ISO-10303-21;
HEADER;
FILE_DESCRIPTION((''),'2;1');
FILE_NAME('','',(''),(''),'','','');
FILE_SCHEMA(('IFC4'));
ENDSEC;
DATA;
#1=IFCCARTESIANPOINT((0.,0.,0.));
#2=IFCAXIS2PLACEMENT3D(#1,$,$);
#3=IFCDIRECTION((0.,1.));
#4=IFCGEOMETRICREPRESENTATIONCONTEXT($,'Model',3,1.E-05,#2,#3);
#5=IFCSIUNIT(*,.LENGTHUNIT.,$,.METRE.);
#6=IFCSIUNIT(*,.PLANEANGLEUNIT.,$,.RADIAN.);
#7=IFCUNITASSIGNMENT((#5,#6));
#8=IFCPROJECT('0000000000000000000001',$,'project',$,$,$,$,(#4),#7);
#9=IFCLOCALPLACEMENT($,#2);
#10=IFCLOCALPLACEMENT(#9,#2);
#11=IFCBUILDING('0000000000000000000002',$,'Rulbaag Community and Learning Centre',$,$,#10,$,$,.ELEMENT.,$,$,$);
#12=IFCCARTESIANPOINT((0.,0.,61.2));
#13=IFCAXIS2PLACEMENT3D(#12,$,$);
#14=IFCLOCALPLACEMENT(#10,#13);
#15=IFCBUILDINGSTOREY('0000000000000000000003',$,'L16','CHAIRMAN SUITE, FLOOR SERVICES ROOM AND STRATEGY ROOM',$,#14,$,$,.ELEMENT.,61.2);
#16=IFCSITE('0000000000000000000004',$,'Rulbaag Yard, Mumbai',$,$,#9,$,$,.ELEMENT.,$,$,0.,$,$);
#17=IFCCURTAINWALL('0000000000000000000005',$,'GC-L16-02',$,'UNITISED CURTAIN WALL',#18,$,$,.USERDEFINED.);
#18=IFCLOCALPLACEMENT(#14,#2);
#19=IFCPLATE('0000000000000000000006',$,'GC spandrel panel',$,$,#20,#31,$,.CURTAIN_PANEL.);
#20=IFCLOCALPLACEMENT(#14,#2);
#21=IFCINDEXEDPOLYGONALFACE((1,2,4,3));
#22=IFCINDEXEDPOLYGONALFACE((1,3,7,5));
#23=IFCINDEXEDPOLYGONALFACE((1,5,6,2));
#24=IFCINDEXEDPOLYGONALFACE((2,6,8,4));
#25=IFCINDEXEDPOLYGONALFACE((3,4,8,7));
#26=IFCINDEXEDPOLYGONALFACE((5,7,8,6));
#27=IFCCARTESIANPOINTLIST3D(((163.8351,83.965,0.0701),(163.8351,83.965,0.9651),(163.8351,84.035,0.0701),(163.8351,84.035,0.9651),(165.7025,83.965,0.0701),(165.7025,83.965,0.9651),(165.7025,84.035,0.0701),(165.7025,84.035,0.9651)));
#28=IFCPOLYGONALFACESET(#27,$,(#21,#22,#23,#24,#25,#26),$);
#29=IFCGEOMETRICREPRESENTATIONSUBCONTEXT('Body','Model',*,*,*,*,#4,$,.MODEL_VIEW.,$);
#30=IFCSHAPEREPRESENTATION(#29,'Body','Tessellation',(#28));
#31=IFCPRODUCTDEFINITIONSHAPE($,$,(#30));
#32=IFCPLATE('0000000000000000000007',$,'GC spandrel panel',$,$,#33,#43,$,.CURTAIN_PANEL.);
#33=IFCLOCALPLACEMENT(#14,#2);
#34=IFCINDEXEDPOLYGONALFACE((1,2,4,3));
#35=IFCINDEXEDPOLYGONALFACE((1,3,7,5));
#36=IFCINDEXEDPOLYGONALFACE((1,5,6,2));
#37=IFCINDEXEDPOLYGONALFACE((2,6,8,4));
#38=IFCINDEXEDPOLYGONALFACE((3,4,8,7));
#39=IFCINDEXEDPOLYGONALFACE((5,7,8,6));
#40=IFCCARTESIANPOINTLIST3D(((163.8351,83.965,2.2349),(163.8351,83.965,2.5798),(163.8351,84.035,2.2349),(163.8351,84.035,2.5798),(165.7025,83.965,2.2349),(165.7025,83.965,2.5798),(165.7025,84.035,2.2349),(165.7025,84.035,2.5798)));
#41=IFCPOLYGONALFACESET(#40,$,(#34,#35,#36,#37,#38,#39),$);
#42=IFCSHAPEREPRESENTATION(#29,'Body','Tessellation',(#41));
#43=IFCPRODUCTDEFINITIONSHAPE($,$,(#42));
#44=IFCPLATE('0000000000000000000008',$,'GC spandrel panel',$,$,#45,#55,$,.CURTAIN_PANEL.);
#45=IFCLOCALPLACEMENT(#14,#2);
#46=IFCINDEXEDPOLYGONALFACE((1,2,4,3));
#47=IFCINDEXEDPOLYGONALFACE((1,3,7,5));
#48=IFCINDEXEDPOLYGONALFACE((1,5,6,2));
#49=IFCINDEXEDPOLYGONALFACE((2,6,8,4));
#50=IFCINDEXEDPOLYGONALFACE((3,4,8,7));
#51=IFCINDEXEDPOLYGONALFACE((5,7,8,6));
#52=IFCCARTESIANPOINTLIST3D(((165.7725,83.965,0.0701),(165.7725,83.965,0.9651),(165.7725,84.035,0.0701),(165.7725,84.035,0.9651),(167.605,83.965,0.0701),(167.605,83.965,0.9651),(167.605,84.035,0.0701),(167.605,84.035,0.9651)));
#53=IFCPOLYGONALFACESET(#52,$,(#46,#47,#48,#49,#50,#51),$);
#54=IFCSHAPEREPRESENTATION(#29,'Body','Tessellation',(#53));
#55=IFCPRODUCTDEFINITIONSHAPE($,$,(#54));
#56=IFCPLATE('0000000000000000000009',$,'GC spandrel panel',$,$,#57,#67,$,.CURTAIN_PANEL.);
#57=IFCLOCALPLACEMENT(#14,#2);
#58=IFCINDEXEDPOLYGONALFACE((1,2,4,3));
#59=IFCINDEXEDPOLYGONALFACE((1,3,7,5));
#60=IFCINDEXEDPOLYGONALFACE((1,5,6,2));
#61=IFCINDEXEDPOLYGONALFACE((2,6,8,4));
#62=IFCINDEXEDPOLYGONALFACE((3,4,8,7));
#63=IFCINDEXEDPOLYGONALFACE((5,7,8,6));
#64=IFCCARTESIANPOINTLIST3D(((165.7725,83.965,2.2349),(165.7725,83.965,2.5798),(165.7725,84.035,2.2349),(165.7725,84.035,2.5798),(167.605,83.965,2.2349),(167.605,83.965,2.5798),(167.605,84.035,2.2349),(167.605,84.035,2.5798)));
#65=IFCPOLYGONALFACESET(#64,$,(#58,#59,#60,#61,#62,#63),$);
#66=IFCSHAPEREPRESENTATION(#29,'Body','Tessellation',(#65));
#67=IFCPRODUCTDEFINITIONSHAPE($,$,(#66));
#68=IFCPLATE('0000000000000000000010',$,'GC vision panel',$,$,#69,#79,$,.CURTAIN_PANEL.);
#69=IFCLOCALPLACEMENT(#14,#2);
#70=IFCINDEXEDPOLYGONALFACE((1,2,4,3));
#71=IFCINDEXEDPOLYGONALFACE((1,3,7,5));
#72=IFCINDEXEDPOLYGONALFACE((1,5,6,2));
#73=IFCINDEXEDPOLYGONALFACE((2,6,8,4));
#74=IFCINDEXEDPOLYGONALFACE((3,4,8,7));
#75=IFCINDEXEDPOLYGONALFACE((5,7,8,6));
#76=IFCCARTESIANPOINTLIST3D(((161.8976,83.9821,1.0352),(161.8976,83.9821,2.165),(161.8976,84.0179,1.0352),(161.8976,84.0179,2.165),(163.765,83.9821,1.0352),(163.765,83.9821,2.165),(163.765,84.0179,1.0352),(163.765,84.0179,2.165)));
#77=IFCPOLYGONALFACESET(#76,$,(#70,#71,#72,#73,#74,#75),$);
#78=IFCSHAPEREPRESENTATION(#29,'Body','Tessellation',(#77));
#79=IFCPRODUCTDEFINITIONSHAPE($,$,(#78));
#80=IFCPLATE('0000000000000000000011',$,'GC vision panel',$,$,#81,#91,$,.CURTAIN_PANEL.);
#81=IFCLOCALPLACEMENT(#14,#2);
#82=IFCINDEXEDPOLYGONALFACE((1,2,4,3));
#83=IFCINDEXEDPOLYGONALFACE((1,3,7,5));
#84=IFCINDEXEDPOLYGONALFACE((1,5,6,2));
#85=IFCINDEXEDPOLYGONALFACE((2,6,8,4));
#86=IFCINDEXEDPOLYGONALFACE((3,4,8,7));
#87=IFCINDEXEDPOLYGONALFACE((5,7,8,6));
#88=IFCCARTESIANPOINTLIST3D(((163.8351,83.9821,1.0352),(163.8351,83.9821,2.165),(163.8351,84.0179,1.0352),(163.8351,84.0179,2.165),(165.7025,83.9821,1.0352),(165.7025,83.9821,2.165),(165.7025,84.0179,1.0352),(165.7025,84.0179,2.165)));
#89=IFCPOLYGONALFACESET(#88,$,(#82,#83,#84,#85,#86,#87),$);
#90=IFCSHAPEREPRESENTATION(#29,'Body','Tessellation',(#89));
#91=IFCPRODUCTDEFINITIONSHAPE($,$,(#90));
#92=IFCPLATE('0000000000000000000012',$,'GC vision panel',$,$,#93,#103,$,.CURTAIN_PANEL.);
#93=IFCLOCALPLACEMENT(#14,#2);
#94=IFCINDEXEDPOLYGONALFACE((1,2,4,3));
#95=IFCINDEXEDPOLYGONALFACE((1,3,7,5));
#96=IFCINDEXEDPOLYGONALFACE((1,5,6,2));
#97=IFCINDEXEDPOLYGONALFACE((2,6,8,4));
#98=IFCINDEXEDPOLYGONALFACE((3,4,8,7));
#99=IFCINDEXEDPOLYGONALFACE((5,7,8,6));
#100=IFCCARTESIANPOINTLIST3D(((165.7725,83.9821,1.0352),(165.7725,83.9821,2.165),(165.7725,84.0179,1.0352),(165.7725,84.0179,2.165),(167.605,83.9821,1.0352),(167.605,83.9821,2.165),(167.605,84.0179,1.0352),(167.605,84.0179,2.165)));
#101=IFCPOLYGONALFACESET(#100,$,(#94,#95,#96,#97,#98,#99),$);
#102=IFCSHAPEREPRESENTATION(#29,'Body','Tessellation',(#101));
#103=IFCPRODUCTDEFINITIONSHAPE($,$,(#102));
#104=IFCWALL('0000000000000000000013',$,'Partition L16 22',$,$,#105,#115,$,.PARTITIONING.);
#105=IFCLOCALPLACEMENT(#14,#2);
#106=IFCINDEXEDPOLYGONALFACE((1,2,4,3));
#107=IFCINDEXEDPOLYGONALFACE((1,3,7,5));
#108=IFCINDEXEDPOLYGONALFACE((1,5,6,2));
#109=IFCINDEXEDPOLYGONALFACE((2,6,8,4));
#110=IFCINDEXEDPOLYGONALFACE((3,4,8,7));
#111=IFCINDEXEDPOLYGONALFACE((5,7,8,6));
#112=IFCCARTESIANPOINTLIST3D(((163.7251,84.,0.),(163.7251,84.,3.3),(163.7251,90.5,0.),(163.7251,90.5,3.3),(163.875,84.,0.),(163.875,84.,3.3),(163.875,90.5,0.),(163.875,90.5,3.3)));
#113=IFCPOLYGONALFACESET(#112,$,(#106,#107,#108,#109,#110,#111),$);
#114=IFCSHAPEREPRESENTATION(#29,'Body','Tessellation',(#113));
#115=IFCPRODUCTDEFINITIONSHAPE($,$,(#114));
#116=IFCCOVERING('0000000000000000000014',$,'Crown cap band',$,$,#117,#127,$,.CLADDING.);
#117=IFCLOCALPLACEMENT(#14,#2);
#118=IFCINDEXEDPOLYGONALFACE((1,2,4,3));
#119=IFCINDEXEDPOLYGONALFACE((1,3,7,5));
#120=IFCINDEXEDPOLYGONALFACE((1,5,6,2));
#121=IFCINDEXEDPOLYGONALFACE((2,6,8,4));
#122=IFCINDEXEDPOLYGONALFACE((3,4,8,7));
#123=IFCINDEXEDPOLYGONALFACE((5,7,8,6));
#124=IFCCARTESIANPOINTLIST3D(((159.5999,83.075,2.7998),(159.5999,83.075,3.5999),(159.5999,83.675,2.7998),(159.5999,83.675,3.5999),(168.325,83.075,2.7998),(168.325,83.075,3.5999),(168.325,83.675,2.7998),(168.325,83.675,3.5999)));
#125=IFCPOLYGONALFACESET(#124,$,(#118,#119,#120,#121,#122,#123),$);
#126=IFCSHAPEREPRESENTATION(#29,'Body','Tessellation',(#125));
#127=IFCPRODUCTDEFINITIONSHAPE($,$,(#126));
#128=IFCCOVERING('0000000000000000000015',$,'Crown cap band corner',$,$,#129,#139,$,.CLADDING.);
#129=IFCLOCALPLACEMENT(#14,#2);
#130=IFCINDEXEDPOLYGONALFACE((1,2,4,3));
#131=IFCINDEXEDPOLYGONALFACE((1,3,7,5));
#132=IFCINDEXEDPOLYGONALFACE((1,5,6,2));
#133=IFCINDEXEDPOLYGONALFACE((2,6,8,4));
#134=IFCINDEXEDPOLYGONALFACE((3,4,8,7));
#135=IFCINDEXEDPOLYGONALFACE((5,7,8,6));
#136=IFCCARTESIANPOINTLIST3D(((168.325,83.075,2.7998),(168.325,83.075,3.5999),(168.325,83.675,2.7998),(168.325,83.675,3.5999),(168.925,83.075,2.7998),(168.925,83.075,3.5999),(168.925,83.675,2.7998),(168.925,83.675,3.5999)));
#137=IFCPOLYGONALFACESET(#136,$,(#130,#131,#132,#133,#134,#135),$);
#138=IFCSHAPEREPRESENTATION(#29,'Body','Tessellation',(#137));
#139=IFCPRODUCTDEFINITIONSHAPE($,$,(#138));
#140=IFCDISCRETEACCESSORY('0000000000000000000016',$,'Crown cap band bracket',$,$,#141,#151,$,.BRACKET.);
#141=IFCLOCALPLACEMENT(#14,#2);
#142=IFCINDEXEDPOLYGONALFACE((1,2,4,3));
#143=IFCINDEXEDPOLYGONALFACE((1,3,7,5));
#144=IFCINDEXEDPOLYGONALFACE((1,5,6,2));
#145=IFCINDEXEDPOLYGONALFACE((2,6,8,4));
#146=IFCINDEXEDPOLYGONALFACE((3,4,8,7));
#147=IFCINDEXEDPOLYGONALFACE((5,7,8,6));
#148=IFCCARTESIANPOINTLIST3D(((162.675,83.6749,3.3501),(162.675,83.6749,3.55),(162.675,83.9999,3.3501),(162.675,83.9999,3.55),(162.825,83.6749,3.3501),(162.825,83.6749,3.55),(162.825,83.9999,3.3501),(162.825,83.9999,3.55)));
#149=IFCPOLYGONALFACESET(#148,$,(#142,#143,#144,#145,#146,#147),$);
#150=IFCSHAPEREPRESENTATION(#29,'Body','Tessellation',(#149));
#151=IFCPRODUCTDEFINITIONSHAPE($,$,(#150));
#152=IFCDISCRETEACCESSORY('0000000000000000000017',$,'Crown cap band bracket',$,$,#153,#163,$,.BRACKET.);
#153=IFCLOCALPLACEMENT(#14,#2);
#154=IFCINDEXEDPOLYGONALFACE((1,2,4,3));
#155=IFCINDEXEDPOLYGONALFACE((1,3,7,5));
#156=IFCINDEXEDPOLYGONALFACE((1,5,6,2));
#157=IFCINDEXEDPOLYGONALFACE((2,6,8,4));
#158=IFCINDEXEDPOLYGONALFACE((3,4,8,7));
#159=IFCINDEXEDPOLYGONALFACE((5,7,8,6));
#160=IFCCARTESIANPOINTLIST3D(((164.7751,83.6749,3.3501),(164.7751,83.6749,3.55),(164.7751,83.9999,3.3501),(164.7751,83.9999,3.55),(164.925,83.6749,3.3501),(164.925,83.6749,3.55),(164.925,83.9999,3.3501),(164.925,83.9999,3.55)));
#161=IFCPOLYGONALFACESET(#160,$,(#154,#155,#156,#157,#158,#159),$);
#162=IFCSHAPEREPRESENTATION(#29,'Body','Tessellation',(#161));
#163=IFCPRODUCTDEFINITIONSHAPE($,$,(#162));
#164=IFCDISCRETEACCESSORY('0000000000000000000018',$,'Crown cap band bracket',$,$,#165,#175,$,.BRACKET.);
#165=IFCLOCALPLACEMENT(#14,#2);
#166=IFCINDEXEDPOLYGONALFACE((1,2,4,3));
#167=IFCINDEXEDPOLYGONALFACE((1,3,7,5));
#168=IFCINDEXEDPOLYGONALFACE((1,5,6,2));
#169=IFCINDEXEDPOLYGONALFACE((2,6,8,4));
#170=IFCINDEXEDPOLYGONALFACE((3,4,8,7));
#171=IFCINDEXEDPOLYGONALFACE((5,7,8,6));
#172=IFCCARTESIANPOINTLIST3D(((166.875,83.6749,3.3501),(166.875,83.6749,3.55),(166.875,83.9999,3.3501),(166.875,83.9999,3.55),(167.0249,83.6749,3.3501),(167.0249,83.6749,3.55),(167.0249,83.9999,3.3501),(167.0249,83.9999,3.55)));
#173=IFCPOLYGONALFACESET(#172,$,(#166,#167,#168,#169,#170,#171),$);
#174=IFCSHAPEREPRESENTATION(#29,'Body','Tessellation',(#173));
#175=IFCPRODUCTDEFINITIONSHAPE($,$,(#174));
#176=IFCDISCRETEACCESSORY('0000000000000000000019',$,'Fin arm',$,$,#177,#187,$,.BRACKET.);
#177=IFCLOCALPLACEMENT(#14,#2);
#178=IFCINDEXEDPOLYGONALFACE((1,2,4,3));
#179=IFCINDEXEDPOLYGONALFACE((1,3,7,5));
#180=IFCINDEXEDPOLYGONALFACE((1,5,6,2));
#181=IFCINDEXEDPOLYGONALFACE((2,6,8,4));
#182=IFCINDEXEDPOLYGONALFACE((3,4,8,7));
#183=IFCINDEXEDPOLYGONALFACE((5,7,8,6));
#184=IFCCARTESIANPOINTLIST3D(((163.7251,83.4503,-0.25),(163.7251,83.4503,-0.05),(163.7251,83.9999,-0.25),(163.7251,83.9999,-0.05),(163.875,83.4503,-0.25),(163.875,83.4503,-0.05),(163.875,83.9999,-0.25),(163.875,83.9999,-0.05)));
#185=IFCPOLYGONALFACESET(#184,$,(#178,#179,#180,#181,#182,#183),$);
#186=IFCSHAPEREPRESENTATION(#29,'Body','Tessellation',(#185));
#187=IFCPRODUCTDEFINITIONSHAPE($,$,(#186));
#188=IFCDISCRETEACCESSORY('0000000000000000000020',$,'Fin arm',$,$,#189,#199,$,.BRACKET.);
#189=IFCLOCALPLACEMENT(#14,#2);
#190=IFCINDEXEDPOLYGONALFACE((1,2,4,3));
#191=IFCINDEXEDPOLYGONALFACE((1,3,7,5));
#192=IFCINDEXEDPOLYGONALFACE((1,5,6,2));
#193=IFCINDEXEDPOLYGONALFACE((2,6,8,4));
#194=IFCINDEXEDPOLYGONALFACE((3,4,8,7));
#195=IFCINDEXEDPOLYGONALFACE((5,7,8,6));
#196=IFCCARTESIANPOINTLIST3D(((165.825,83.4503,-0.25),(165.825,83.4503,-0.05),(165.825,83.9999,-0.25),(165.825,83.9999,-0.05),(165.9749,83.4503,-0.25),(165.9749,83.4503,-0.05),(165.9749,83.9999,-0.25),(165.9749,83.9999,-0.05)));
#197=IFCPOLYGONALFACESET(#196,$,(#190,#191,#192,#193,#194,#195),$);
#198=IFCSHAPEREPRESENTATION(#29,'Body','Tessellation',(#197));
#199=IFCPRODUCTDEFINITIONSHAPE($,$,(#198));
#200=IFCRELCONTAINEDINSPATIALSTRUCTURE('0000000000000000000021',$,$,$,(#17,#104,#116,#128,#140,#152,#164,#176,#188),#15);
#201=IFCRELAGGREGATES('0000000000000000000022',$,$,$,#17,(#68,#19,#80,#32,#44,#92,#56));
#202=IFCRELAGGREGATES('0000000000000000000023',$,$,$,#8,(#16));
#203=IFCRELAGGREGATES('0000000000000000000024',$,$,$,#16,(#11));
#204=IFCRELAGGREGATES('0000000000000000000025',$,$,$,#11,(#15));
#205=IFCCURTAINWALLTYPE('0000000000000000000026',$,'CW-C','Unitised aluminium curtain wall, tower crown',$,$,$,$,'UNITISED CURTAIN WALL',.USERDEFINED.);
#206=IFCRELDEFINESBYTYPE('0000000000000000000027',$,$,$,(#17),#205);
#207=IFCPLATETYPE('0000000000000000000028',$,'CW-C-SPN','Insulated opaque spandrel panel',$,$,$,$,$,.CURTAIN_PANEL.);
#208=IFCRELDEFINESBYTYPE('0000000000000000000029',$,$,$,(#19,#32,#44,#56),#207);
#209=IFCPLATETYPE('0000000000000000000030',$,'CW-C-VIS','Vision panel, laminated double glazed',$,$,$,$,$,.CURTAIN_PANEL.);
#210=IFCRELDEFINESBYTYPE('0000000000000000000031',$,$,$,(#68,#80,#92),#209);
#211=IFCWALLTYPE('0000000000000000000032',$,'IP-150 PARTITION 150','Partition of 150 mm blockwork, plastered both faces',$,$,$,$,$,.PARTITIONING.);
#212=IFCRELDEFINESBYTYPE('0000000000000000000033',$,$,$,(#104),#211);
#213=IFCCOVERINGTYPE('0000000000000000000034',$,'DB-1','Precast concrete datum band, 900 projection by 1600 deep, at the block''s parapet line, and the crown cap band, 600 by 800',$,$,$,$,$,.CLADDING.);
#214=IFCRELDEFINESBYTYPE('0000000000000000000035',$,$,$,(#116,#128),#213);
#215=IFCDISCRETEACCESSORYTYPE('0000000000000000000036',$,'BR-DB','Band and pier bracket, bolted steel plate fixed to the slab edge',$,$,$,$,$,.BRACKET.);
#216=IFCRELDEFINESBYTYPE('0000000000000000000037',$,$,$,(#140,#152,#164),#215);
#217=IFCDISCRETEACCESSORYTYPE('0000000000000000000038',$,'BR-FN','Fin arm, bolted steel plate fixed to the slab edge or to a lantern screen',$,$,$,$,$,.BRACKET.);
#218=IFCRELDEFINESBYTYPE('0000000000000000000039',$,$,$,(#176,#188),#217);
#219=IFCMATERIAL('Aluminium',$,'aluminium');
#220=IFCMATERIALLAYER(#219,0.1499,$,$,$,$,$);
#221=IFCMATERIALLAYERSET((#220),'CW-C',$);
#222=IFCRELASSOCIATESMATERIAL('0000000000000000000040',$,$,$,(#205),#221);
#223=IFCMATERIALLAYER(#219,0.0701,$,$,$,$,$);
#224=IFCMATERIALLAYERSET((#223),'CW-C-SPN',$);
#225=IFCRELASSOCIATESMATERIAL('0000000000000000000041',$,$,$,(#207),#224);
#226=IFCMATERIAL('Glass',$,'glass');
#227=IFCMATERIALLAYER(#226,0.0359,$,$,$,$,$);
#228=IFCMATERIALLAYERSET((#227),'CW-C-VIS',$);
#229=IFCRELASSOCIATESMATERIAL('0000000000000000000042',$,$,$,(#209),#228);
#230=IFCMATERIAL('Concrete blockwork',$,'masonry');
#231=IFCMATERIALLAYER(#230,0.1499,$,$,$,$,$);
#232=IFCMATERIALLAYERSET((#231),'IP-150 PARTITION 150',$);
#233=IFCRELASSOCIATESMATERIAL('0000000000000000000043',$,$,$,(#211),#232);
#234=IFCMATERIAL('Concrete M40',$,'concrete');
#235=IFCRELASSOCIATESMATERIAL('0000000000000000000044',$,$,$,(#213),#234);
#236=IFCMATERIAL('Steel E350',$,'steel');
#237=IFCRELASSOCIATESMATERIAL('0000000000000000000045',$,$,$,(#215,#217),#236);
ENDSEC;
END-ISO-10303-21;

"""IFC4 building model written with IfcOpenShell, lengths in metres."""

from ifc_helpers import new_model, si_unit, direction, frame, frame_2d, origin, origin_2d, place, context, subcontext, project, spatial, rectangle, extrude, material, layer, layer_set, type_object, element, aggregate, save


model = new_model("IFC4")

# Units and contexts
model_context = context("Model", 3, precision=1e-05, world=origin(), true_north=direction((0.0, 1.0)))
body_context = subcontext(model_context, "Body", "Model", "MODEL_VIEW")
ifc_project = project(units=[si_unit("LENGTHUNIT", "METRE"), si_unit("PLANEANGLEUNIT", "RADIAN")], contexts=[model_context])

# Site, building, storey
site_placement = place(None, origin())
site = spatial("IfcSite", under=ifc_project, at=site_placement, Name="Rulbaag Yard, Mumbai", CompositionType="ELEMENT", RefElevation=0.0)
building_placement = place(site_placement, origin())
building = spatial("IfcBuilding", under=site, at=building_placement, Name="Rulbaag Community and Learning Centre", CompositionType="ELEMENT")
storey_placement = place(building_placement, frame((0.0, 0.0, 61.2)))
storey = spatial("IfcBuildingStorey", under=building, at=storey_placement, Name="L16", Description="CHAIRMAN SUITE, FLOOR SERVICES ROOM AND STRATEGY ROOM", CompositionType="ELEMENT", Elevation=61.2)

# Curtain wall, plates
ifc_material_1 = material(Name="Aluminium", Category="aluminium")
ifc_layer_1 = layer(ifc_material_1, 0.1499)
ifc_layer_set_1 = layer_set([ifc_layer_1], Name="CW-C")
curtain_wall_type = type_object("IfcCurtainWallType", Name="CW-C", Description="Unitised aluminium curtain wall, tower crown", ElementType="UNITISED CURTAIN WALL", PredefinedType="USERDEFINED", material=ifc_layer_set_1)
curtain_wall_placement = place(storey_placement, origin())
curtain_wall = element("IfcCurtainWall", 1, at=curtain_wall_placement, inside=storey, type_object=curtain_wall_type, Name="GC-L16-02", ObjectType="UNITISED CURTAIN WALL", PredefinedType="USERDEFINED")
ifc_layer_2 = layer(ifc_material_1, 0.0701)
ifc_layer_set_2 = layer_set([ifc_layer_2], Name="CW-C-SPN")
plate_type_1 = type_object("IfcPlateType", Name="CW-C-SPN", Description="Insulated opaque spandrel panel", PredefinedType="CURTAIN_PANEL", material=ifc_layer_set_2)
plate_1_placement = place(storey_placement, frame((164.7688, 84.0, 0.0701), z_axis=(0.0, 0.0, 1.0), x_axis=(1.0, 0.0, 0.0)))
plate_1 = element("IfcPlate", 2, at=plate_1_placement, type_object=plate_type_1, Name="GC spandrel panel", PredefinedType="CURTAIN_PANEL", context=body_context, shape_type="SweptSolid", body=[
    extrude(rectangle(XDim=1.8674, YDim=0.0701, at=origin_2d()), origin(), (0.0, 0.0, 1.0), 0.895),
])
plate_2_placement = place(storey_placement, frame((164.7688, 84.0, 2.2349), z_axis=(0.0, 0.0, 1.0), x_axis=(1.0, 0.0, 0.0)))
plate_2 = element("IfcPlate", 3, at=plate_2_placement, type_object=plate_type_1, Name="GC spandrel panel", PredefinedType="CURTAIN_PANEL", context=body_context, shape_type="SweptSolid", body=[
    extrude(rectangle(XDim=1.8674, YDim=0.0701, at=origin_2d()), origin(), (0.0, 0.0, 1.0), 0.345),
])
plate_3_placement = place(storey_placement, frame((166.6887, 84.0, 0.0701), z_axis=(0.0, 0.0, 1.0), x_axis=(1.0, 0.0, 0.0)))
plate_3 = element("IfcPlate", 4, at=plate_3_placement, type_object=plate_type_1, Name="GC spandrel panel", PredefinedType="CURTAIN_PANEL", context=body_context, shape_type="SweptSolid", body=[
    extrude(rectangle(XDim=1.8325, YDim=0.0701, at=origin_2d()), origin(), (0.0, 0.0, 1.0), 0.895),
])
plate_4_placement = place(storey_placement, frame((166.6887, 84.0, 2.2349), z_axis=(0.0, 0.0, 1.0), x_axis=(1.0, 0.0, 0.0)))
plate_4 = element("IfcPlate", 5, at=plate_4_placement, type_object=plate_type_1, Name="GC spandrel panel", PredefinedType="CURTAIN_PANEL", context=body_context, shape_type="SweptSolid", body=[
    extrude(rectangle(XDim=1.8325, YDim=0.0701, at=origin_2d()), origin(), (0.0, 0.0, 1.0), 0.345),
])
ifc_material_2 = material(Name="Glass", Category="glass")
ifc_layer_3 = layer(ifc_material_2, 0.0359)
ifc_layer_set_3 = layer_set([ifc_layer_3], Name="CW-C-VIS")
plate_type_2 = type_object("IfcPlateType", Name="CW-C-VIS", Description="Vision panel, laminated double glazed", PredefinedType="CURTAIN_PANEL", material=ifc_layer_set_3)
plate_5_placement = place(storey_placement, frame((162.8313, 84.0, 1.0352), z_axis=(0.0, 0.0, 1.0), x_axis=(1.0, 0.0, 0.0)))
plate_5 = element("IfcPlate", 6, at=plate_5_placement, type_object=plate_type_2, Name="GC vision panel", PredefinedType="CURTAIN_PANEL", context=body_context, shape_type="SweptSolid", body=[
    extrude(rectangle(XDim=1.8674, YDim=0.0359, at=origin_2d()), origin(), (0.0, 0.0, 1.0), 1.1299),
])
plate_6_placement = place(storey_placement, frame((164.7688, 84.0, 1.0352), z_axis=(0.0, 0.0, 1.0), x_axis=(1.0, 0.0, 0.0)))
plate_6 = element("IfcPlate", 7, at=plate_6_placement, type_object=plate_type_2, Name="GC vision panel", PredefinedType="CURTAIN_PANEL", context=body_context, shape_type="SweptSolid", body=[
    extrude(rectangle(XDim=1.8674, YDim=0.0359, at=origin_2d()), origin(), (0.0, 0.0, 1.0), 1.1299),
])
plate_7_placement = place(storey_placement, frame((166.6887, 84.0, 1.0352), z_axis=(0.0, 0.0, 1.0), x_axis=(1.0, 0.0, 0.0)))
plate_7 = element("IfcPlate", 8, at=plate_7_placement, type_object=plate_type_2, Name="GC vision panel", PredefinedType="CURTAIN_PANEL", context=body_context, shape_type="SweptSolid", body=[
    extrude(rectangle(XDim=1.8325, YDim=0.0359, at=origin_2d()), origin(), (0.0, 0.0, 1.0), 1.1299),
])
aggregate(curtain_wall, [plate_5, plate_1, plate_6, plate_2, plate_3, plate_7, plate_4])

# Wall
ifc_material_3 = material(Name="Concrete blockwork", Category="masonry")
ifc_layer_4 = layer(ifc_material_3, 0.1499)
ifc_layer_set_4 = layer_set([ifc_layer_4], Name="IP-150 PARTITION 150")
wall_type = type_object("IfcWallType", Name="IP-150 PARTITION 150", Description="Partition of 150 mm blockwork, plastered both faces", PredefinedType="PARTITIONING", material=ifc_layer_set_4)
wall_placement = place(storey_placement, frame((163.8, 84.0, 0.0), z_axis=(0.0, 0.0, 1.0), x_axis=(0.0, 1.0, 0.0)))
element("IfcWall", 9, at=wall_placement, inside=storey, type_object=wall_type, Name="Partition L16 22", PredefinedType="PARTITIONING", context=body_context, shape_type="SweptSolid", body=[
    extrude(rectangle(XDim=6.5, YDim=0.1499, at=frame_2d((3.25, 0.0))), origin(), (0.0, 0.0, 1.0), 3.3),
])

# Coverings
ifc_material_4 = material(Name="Concrete M40", Category="concrete")
covering_type = type_object("IfcCoveringType", Name="DB-1", Description="Precast concrete datum band, 900 projection by 1600 deep, at the block's parapet line, and the crown cap band, 600 by 800", PredefinedType="CLADDING", material=ifc_material_4)
covering_1_placement = place(storey_placement, frame((163.9624, 83.375, 2.7998), z_axis=(0.0, 0.0, 1.0), x_axis=(1.0, 0.0, 0.0)))
element("IfcCovering", 10, at=covering_1_placement, inside=storey, type_object=covering_type, Name="Crown cap band", PredefinedType="CLADDING", context=body_context, shape_type="SweptSolid", body=[
    extrude(rectangle(XDim=8.7251, YDim=0.6001, at=origin_2d()), origin(), (0.0, 0.0, 1.0), 0.8),
])
covering_2_placement = place(storey_placement, frame((168.625, 83.375, 2.7998), z_axis=(0.0, 0.0, 1.0), x_axis=(1.0, 0.0, 0.0)))
element("IfcCovering", 11, at=covering_2_placement, inside=storey, type_object=covering_type, Name="Crown cap band corner", PredefinedType="CLADDING", context=body_context, shape_type="SweptSolid", body=[
    extrude(rectangle(XDim=0.6001, YDim=0.6001, at=origin_2d()), origin(), (0.0, 0.0, 1.0), 0.8),
])

# Discrete accessories
ifc_material_5 = material(Name="Steel E350", Category="steel")
discrete_accessory_type_1 = type_object("IfcDiscreteAccessoryType", Name="BR-DB", Description="Band and pier bracket, bolted steel plate fixed to the slab edge", PredefinedType="BRACKET", material=ifc_material_5)
for number, where, z_axis, x_axis, name in (
    (12, (162.75, 83.8374, 3.3501), (0.0, 0.0, 1.0), (1.0, 0.0, 0.0), "Crown cap band bracket"),
    (13, (164.8501, 83.8374, 3.3501), (0.0, 0.0, 1.0), (1.0, 0.0, 0.0), "Crown cap band bracket"),
    (14, (166.95, 83.8374, 3.3501), (0.0, 0.0, 1.0), (1.0, 0.0, 0.0), "Crown cap band bracket"),
):
    element("IfcDiscreteAccessory", number, at=place(storey_placement, frame(where, z_axis=z_axis, x_axis=x_axis)), inside=storey, type_object=discrete_accessory_type_1, Name=name, PredefinedType="BRACKET", context=body_context, shape_type="SweptSolid", body=[
        extrude(rectangle(XDim=0.1499, YDim=0.325, at=origin_2d()), origin(), (0.0, 0.0, 1.0), 0.2),
    ])
discrete_accessory_type_2 = type_object("IfcDiscreteAccessoryType", Name="BR-FN", Description="Fin arm, bolted steel plate fixed to the slab edge or to a lantern screen", PredefinedType="BRACKET", material=ifc_material_5)
for number, where, z_axis, x_axis, name in (
    (15, (163.8, 83.7251, -0.25), (0.0, 0.0, 1.0), (1.0, 0.0, 0.0), "Fin arm"),
    (16, (165.8999, 83.7251, -0.25), (0.0, 0.0, 1.0), (1.0, 0.0, 0.0), "Fin arm"),
):
    element("IfcDiscreteAccessory", number, at=place(storey_placement, frame(where, z_axis=z_axis, x_axis=x_axis)), inside=storey, type_object=discrete_accessory_type_2, Name=name, PredefinedType="BRACKET", context=body_context, shape_type="SweptSolid", body=[
        extrude(rectangle(XDim=0.1499, YDim=0.5496, at=origin_2d()), origin(), (0.0, 0.0, 1.0), 0.2),
    ])

save(model, "model.ifc")
